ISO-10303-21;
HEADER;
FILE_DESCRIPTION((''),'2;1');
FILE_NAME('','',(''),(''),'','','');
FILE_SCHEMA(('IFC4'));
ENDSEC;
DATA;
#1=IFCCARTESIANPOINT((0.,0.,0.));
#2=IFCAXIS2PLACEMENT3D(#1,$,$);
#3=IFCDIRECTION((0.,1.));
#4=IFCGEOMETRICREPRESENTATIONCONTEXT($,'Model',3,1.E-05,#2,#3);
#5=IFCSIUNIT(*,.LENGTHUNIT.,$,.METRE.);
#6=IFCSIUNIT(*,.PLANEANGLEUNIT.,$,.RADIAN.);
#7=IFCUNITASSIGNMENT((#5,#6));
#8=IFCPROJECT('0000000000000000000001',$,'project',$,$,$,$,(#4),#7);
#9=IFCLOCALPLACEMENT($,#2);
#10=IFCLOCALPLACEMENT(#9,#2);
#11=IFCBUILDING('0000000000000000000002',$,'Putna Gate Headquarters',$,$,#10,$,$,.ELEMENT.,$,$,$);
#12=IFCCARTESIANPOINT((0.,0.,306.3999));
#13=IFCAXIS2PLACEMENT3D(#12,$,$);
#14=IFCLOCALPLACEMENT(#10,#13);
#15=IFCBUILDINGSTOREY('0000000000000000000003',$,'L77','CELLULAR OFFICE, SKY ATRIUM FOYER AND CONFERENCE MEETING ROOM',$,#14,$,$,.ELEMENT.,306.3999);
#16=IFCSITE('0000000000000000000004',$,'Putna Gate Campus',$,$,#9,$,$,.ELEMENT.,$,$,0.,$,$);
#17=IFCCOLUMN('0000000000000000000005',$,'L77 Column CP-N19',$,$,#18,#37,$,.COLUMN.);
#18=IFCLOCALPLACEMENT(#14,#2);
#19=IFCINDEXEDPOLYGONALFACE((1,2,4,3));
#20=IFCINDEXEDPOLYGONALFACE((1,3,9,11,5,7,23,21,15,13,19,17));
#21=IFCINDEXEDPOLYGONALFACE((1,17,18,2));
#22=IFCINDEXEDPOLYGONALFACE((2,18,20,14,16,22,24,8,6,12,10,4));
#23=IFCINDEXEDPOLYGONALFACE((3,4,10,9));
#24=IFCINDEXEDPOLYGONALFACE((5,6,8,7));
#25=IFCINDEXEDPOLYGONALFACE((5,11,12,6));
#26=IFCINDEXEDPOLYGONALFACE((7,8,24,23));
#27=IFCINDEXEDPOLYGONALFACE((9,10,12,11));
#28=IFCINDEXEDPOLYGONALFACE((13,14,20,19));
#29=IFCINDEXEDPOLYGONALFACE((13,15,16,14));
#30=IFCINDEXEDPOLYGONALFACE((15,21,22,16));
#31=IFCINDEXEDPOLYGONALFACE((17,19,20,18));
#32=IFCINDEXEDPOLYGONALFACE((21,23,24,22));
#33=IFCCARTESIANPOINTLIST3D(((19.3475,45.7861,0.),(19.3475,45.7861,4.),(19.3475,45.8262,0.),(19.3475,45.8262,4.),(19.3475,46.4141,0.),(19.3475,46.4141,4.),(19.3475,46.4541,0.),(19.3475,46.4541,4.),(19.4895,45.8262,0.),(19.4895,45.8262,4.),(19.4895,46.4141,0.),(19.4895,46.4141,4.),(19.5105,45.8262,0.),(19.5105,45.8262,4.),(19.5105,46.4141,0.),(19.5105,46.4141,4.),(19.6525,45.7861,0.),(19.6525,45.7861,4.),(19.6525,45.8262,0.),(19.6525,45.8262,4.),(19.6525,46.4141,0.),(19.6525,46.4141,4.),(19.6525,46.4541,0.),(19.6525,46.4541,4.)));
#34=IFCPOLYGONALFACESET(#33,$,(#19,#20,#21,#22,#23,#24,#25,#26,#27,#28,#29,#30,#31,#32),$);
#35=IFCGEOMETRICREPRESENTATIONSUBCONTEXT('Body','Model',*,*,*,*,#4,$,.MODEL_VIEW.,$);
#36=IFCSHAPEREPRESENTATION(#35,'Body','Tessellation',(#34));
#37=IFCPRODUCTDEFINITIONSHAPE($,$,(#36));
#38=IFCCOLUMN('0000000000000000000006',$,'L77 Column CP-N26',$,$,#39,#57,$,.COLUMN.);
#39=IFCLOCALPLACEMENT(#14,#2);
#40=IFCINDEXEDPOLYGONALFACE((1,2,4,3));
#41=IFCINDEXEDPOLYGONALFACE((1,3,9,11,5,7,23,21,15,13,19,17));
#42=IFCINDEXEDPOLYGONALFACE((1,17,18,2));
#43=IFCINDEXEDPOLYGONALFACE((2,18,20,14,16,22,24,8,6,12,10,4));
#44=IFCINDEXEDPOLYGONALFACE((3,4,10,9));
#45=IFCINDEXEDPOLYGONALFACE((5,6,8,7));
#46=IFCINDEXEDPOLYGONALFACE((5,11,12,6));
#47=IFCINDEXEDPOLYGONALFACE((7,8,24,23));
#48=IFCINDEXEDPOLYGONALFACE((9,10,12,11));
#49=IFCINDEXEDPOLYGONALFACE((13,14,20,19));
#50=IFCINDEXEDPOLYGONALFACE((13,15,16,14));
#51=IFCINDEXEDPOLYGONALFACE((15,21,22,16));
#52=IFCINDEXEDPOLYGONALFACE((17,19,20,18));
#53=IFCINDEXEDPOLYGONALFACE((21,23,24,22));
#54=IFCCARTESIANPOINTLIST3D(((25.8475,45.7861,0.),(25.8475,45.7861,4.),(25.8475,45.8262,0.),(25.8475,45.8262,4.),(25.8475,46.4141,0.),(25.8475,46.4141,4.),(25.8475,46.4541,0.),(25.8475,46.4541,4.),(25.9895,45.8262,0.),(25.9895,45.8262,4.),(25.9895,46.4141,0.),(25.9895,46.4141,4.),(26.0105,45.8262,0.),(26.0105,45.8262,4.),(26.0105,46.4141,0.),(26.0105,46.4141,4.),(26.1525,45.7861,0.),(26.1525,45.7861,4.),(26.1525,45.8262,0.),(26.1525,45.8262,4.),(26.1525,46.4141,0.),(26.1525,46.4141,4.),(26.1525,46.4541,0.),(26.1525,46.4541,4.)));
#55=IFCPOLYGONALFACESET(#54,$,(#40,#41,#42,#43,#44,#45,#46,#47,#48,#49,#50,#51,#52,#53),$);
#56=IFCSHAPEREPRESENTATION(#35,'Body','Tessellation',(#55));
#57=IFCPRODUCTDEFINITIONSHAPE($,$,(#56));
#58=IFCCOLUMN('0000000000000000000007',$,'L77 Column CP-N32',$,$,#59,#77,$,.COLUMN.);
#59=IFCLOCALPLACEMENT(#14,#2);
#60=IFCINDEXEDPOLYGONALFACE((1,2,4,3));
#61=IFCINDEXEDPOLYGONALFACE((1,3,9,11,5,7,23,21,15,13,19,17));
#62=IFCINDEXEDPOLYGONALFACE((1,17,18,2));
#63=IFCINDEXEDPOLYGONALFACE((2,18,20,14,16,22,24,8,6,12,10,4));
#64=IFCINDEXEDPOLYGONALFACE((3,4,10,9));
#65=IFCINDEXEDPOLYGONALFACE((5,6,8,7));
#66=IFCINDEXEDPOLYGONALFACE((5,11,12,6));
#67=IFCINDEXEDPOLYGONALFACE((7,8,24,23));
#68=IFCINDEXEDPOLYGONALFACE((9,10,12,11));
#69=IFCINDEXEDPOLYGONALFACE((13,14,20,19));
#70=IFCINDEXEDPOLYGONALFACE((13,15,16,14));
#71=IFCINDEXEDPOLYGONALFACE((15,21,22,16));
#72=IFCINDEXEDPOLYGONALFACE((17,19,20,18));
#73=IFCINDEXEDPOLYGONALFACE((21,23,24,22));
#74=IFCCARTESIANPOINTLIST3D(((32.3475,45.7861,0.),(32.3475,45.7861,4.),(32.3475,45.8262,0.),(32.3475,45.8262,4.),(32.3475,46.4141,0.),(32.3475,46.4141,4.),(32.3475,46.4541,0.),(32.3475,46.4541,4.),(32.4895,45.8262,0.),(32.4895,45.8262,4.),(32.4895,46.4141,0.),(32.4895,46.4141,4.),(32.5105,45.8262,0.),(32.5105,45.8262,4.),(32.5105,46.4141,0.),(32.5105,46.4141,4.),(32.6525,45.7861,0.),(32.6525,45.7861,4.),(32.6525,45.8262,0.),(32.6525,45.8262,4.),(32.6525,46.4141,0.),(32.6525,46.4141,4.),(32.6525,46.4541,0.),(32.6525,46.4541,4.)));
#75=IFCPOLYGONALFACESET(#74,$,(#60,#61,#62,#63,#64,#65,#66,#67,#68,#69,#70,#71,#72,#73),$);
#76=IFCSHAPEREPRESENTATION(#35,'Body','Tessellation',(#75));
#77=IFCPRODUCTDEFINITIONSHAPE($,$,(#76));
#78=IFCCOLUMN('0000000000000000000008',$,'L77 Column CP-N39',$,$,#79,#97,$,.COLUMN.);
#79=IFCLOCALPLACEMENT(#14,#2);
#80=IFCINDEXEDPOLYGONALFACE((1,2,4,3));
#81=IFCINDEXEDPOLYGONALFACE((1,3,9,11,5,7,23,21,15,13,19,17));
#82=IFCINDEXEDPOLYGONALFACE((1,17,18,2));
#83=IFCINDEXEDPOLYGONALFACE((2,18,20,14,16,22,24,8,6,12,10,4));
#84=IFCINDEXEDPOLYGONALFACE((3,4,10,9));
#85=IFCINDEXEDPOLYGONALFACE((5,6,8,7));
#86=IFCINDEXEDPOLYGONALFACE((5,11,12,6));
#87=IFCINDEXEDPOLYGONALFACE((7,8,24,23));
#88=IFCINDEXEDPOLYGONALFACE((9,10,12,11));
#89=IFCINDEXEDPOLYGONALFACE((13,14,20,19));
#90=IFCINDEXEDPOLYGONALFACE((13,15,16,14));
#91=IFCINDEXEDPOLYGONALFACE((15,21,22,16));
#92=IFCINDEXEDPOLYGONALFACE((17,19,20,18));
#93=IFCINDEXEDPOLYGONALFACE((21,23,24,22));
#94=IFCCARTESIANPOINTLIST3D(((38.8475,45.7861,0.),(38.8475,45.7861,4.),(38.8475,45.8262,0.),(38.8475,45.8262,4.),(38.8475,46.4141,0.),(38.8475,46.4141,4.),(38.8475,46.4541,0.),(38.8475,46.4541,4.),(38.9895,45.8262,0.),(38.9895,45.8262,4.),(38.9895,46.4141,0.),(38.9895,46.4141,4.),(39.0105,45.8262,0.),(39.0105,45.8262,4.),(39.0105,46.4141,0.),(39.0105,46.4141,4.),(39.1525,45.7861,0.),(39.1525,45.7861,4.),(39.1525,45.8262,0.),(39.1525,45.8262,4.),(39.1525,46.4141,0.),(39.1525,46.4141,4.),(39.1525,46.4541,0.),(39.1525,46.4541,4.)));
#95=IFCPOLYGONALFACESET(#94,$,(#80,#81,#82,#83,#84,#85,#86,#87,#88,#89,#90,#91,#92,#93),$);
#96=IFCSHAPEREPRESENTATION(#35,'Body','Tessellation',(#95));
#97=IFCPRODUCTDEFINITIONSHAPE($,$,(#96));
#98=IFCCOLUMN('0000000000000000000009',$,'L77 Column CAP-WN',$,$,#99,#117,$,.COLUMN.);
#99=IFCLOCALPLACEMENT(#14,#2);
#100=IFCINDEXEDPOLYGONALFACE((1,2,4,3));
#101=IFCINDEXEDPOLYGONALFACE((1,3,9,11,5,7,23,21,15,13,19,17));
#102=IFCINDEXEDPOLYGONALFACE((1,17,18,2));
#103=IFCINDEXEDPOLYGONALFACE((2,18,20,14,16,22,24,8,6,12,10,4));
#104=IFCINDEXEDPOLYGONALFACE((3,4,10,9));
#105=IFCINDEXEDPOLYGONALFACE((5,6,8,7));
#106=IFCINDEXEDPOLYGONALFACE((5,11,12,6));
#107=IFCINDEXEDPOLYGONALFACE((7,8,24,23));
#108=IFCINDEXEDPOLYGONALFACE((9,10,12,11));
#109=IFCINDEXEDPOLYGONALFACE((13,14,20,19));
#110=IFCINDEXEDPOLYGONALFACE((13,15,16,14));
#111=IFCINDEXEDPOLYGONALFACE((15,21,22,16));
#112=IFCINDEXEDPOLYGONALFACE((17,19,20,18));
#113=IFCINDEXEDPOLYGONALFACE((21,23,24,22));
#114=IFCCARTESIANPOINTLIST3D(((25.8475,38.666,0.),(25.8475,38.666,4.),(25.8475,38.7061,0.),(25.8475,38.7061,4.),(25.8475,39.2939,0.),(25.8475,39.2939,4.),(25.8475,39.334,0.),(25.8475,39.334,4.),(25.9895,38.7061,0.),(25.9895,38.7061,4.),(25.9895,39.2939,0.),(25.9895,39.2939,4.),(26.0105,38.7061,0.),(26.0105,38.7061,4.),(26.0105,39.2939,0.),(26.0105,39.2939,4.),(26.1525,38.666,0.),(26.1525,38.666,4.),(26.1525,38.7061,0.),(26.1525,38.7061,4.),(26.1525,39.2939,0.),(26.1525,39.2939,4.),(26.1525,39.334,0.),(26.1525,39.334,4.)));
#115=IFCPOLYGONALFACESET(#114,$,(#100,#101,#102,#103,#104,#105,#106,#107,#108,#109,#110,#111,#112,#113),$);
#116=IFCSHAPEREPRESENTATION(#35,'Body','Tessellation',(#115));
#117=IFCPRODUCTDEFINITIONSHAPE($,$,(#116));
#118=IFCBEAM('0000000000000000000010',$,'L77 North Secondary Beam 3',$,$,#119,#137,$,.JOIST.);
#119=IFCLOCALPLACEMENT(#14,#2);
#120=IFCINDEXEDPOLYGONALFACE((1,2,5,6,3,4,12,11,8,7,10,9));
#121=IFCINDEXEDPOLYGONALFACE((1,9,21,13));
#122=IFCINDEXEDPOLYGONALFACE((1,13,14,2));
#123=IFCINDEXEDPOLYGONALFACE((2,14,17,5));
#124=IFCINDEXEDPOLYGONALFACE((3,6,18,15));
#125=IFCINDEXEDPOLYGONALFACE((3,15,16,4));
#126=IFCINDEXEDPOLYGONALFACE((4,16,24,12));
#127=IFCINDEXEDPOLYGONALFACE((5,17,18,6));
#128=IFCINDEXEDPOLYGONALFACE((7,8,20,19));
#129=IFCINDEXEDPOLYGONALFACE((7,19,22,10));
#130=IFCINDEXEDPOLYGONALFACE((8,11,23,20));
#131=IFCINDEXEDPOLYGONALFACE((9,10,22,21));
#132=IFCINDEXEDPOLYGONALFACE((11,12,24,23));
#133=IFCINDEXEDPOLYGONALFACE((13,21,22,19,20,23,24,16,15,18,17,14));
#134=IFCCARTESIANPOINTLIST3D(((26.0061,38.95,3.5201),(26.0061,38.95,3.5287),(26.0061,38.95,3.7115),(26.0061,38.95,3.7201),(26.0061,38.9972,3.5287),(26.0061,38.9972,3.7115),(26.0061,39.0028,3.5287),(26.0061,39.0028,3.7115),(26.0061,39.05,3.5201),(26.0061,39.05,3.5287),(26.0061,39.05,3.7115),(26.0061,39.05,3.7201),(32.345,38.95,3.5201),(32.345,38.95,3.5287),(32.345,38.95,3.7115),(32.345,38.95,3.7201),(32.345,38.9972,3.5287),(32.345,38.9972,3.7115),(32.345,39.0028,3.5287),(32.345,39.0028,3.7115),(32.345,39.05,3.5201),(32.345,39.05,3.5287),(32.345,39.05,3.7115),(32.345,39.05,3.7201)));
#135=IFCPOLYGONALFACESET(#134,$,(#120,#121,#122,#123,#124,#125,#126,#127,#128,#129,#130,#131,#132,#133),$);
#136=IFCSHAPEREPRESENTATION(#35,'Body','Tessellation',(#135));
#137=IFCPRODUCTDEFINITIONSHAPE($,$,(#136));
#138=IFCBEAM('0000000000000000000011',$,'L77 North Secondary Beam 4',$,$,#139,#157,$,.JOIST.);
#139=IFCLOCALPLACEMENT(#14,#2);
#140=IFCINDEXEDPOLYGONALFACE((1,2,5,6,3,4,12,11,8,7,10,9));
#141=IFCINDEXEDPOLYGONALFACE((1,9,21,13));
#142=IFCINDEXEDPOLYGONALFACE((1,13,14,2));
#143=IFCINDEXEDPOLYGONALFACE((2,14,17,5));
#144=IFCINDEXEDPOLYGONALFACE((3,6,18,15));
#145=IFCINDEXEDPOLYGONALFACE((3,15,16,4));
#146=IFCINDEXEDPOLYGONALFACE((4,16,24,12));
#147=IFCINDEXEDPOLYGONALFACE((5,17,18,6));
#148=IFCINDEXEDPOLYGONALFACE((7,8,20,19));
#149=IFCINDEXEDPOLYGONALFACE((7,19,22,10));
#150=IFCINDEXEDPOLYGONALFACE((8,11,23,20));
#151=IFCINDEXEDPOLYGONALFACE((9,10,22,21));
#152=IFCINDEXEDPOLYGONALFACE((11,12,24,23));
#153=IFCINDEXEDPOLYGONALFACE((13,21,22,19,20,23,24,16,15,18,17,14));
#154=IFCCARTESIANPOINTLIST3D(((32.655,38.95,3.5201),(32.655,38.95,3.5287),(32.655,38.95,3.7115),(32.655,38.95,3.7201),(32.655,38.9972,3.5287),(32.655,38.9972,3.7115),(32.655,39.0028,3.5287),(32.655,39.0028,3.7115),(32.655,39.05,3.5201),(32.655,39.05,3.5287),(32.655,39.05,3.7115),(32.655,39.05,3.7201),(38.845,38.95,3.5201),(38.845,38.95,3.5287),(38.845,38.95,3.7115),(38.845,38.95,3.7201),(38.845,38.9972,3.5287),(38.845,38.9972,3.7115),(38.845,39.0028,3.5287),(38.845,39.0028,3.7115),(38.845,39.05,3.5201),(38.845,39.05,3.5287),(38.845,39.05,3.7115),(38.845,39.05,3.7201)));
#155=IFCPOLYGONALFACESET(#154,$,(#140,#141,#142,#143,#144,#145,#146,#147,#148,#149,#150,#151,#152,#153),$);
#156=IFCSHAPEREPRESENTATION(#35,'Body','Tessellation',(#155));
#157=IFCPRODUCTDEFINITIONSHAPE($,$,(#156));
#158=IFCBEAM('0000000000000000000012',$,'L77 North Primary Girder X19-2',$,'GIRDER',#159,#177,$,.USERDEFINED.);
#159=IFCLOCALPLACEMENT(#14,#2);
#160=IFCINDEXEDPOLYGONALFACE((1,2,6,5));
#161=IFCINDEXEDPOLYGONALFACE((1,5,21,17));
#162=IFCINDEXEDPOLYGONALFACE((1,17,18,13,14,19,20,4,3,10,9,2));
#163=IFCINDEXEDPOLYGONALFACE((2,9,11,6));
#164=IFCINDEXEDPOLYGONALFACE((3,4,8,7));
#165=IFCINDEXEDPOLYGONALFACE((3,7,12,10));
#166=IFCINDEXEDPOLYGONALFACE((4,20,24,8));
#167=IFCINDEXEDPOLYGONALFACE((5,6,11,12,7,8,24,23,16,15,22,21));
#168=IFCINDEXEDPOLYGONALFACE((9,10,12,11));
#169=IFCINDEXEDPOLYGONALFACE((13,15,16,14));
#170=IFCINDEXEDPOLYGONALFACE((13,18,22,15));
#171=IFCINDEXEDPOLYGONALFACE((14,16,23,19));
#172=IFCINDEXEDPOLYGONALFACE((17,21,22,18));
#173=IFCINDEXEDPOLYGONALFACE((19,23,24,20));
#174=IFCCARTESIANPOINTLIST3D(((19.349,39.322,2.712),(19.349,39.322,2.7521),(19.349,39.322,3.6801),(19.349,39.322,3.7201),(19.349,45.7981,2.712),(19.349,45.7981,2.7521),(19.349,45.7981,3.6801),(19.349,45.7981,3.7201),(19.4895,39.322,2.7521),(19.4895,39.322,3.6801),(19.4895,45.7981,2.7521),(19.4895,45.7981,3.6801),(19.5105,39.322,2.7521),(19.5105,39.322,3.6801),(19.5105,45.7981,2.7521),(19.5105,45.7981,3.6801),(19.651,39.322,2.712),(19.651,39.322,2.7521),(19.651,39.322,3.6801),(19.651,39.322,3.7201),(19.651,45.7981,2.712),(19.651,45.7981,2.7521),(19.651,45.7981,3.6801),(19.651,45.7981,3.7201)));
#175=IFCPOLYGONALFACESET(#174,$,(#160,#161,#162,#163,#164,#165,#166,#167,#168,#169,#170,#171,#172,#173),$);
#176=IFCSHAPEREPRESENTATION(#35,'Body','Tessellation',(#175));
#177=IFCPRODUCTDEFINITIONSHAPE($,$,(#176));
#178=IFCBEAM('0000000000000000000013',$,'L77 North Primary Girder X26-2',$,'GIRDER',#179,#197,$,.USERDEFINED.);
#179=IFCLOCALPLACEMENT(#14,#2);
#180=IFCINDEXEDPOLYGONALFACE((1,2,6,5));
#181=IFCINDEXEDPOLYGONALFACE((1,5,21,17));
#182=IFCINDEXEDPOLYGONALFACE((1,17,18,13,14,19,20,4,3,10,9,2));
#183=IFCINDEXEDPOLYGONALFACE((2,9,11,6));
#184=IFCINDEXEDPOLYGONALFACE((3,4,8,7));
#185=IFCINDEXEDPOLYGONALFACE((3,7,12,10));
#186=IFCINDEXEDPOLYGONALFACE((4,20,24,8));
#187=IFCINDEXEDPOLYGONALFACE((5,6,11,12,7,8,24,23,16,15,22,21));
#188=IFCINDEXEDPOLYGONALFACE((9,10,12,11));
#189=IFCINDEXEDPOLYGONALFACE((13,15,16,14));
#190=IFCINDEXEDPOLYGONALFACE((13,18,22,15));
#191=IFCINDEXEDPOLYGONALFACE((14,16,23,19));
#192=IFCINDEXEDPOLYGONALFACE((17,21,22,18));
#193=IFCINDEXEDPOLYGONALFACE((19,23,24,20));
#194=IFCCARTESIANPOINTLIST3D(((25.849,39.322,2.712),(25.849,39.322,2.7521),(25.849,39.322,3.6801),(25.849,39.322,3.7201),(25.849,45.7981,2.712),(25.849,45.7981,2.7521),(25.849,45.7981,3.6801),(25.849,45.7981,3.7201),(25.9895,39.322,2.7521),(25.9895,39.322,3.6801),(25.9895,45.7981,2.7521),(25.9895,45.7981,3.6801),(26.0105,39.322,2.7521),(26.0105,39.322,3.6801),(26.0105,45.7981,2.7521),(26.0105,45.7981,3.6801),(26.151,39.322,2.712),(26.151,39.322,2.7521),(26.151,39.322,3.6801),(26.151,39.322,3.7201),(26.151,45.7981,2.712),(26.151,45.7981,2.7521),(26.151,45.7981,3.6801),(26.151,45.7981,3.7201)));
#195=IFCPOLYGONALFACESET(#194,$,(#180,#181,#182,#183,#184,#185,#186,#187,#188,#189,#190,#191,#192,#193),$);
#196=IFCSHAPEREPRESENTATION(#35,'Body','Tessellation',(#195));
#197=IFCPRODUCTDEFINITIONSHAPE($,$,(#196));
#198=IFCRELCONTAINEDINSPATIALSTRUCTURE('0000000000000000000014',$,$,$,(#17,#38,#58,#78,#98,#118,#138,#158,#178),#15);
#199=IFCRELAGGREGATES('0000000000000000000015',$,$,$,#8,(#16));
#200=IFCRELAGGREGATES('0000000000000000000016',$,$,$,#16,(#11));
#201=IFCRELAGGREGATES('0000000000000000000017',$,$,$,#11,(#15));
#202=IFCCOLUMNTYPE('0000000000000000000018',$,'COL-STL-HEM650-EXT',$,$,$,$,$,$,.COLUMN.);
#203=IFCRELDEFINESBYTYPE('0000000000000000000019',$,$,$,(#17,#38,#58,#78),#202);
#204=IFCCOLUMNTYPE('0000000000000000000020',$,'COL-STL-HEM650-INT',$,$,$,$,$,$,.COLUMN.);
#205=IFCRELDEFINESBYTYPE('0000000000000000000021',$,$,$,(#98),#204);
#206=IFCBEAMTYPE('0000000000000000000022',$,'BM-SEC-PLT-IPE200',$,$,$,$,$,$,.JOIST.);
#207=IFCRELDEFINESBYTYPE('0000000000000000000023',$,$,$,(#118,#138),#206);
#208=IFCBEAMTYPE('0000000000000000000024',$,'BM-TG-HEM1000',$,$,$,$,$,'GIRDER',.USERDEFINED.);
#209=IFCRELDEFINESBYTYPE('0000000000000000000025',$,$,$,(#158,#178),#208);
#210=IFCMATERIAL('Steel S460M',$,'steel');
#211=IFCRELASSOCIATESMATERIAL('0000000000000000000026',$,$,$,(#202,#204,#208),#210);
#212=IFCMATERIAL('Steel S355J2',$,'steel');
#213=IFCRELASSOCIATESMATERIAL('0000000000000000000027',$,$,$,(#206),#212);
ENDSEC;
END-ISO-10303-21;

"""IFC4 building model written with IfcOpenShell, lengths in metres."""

from ifc_helpers import new_model, si_unit, direction, frame, origin, origin_2d, place, context, subcontext, project, spatial, i_section, extrude, material, material_profile, profile_set, type_object, element, save


model = new_model("IFC4")

# Units and contexts
model_context = context("Model", 3, precision=1e-05, world=origin(), true_north=direction((0.0, 1.0)))
body_context = subcontext(model_context, "Body", "Model", "MODEL_VIEW")
ifc_project = project(units=[si_unit("LENGTHUNIT", "METRE"), si_unit("PLANEANGLEUNIT", "RADIAN")], contexts=[model_context])

# Site, building, storey
site_placement = place(None, origin())
site = spatial("IfcSite", under=ifc_project, at=site_placement, Name="Putna Gate Campus", CompositionType="ELEMENT", RefElevation=0.0)
building_placement = place(site_placement, origin())
building = spatial("IfcBuilding", under=site, at=building_placement, Name="Putna Gate Headquarters", CompositionType="ELEMENT")
storey_placement = place(building_placement, frame((0.0, 0.0, 306.3999)))
storey = spatial("IfcBuildingStorey", under=building, at=storey_placement, Name="L77", Description="CELLULAR OFFICE, SKY ATRIUM FOYER AND CONFERENCE MEETING ROOM", CompositionType="ELEMENT", Elevation=306.3999)

# Columns
ifc_material_1 = material(Name="Steel S460M", Category="steel")
ifc_material_profile_1 = material_profile(ifc_material_1, i_section(OverallWidth=0.3049, OverallDepth=0.668, WebThickness=0.021, FlangeThickness=0.04, at=origin_2d()), Name="Steel S460M")
ifc_profile_set_1 = profile_set([ifc_material_profile_1], Name="Steel S460M")
column_type_1 = type_object("IfcColumnType", Name="COL-STL-HEM650-EXT", PredefinedType="COLUMN", material=ifc_profile_set_1)
for number, where, z_axis, x_axis, name in (
    (1, (19.5, 46.1201, 0.0), (0.0, 0.0, 1.0), (1.0, 0.0, 0.0), "L77 Column CP-N19"),
    (2, (26.0, 46.1201, 0.0), (0.0, 0.0, 1.0), (1.0, 0.0, 0.0), "L77 Column CP-N26"),
    (3, (32.5, 46.1201, 0.0), (0.0, 0.0, 1.0), (1.0, 0.0, 0.0), "L77 Column CP-N32"),
    (4, (39.0, 46.1201, 0.0), (0.0, 0.0, 1.0), (1.0, 0.0, 0.0), "L77 Column CP-N39"),
):
    element("IfcColumn", number, at=place(storey_placement, frame(where, z_axis=z_axis, x_axis=x_axis)), inside=storey, type_object=column_type_1, Name=name, PredefinedType="COLUMN", context=body_context, shape_type="SweptSolid", body=[
        extrude(i_section(OverallWidth=0.3049, OverallDepth=0.668, WebThickness=0.021, FlangeThickness=0.04, at=origin_2d()), origin(), (0.0, 0.0, 1.0), 4.0),
    ])
ifc_material_profile_2 = material_profile(ifc_material_1, i_section(OverallWidth=0.3049, OverallDepth=0.668, WebThickness=0.021, FlangeThickness=0.04, at=origin_2d()), Name="Steel S460M")
ifc_profile_set_2 = profile_set([ifc_material_profile_2], Name="Steel S460M")
column_type_2 = type_object("IfcColumnType", Name="COL-STL-HEM650-INT", PredefinedType="COLUMN", material=ifc_profile_set_2)
column_placement = place(storey_placement, frame((26.0, 39.0, 0.0), z_axis=(0.0, 0.0, 1.0), x_axis=(1.0, 0.0, 0.0)))
element("IfcColumn", 5, at=column_placement, inside=storey, type_object=column_type_2, Name="L77 Column CAP-WN", PredefinedType="COLUMN", context=body_context, shape_type="SweptSolid", body=[
    extrude(i_section(OverallWidth=0.3049, OverallDepth=0.668, WebThickness=0.021, FlangeThickness=0.04, at=origin_2d()), origin(), (0.0, 0.0, 1.0), 4.0),
])

# Beams
ifc_material_2 = material(Name="Steel S355J2", Category="steel")
ifc_material_profile_3 = material_profile(ifc_material_2, i_section(OverallWidth=0.1001, OverallDepth=0.2, WebThickness=0.0056, FlangeThickness=0.0085, at=origin_2d()), Name="Steel S355J2")
ifc_profile_set_3 = profile_set([ifc_material_profile_3], Name="Steel S355J2")
beam_type_1 = type_object("IfcBeamType", Name="BM-SEC-PLT-IPE200", PredefinedType="JOIST", material=ifc_profile_set_3)
beam_1_placement = place(storey_placement, frame((26.0061, 39.0, 3.6201), z_axis=(1.0, 0.0, 0.0), x_axis=(0.0, 1.0, 0.0)))
element("IfcBeam", 6, at=beam_1_placement, inside=storey, type_object=beam_type_1, Name="L77 North Secondary Beam 3", PredefinedType="JOIST", context=body_context, shape_type="SweptSolid", body=[
    extrude(i_section(OverallWidth=0.1001, OverallDepth=0.2, WebThickness=0.0056, FlangeThickness=0.0085, at=origin_2d()), origin(), (0.0, 0.0, 1.0), 6.3389),
])
beam_2_placement = place(storey_placement, frame((32.655, 39.0, 3.6201), z_axis=(1.0, 0.0, 0.0), x_axis=(0.0, 1.0, 0.0)))
element("IfcBeam", 7, at=beam_2_placement, inside=storey, type_object=beam_type_1, Name="L77 North Secondary Beam 4", PredefinedType="JOIST", context=body_context, shape_type="SweptSolid", body=[
    extrude(i_section(OverallWidth=0.1001, OverallDepth=0.2, WebThickness=0.0056, FlangeThickness=0.0085, at=origin_2d()), origin(), (0.0, 0.0, 1.0), 6.1899),
])
ifc_material_profile_4 = material_profile(ifc_material_1, i_section(OverallWidth=0.302, OverallDepth=1.0081, WebThickness=0.021, FlangeThickness=0.04, at=origin_2d()), Name="Steel S460M")
ifc_profile_set_4 = profile_set([ifc_material_profile_4], Name="Steel S460M")
beam_type_2 = type_object("IfcBeamType", Name="BM-TG-HEM1000", ElementType="GIRDER", PredefinedType="USERDEFINED", material=ifc_profile_set_4)
for number, where, z_axis, x_axis, name in (
    (8, (19.5, 39.322, 3.2161), (0.0, 1.0, 0.0), (-1.0, 0.0, 0.0), "L77 North Primary Girder X19-2"),
    (9, (26.0, 39.322, 3.2161), (0.0, 1.0, 0.0), (-1.0, 0.0, 0.0), "L77 North Primary Girder X26-2"),
):
    element("IfcBeam", number, at=place(storey_placement, frame(where, z_axis=z_axis, x_axis=x_axis)), inside=storey, type_object=beam_type_2, Name=name, ObjectType="GIRDER", PredefinedType="USERDEFINED", context=body_context, shape_type="SweptSolid", body=[
        extrude(i_section(OverallWidth=0.302, OverallDepth=1.0081, WebThickness=0.021, FlangeThickness=0.04, at=origin_2d()), origin(), (0.0, 0.0, 1.0), 6.4761),
    ])

save(model, "model.ifc")
